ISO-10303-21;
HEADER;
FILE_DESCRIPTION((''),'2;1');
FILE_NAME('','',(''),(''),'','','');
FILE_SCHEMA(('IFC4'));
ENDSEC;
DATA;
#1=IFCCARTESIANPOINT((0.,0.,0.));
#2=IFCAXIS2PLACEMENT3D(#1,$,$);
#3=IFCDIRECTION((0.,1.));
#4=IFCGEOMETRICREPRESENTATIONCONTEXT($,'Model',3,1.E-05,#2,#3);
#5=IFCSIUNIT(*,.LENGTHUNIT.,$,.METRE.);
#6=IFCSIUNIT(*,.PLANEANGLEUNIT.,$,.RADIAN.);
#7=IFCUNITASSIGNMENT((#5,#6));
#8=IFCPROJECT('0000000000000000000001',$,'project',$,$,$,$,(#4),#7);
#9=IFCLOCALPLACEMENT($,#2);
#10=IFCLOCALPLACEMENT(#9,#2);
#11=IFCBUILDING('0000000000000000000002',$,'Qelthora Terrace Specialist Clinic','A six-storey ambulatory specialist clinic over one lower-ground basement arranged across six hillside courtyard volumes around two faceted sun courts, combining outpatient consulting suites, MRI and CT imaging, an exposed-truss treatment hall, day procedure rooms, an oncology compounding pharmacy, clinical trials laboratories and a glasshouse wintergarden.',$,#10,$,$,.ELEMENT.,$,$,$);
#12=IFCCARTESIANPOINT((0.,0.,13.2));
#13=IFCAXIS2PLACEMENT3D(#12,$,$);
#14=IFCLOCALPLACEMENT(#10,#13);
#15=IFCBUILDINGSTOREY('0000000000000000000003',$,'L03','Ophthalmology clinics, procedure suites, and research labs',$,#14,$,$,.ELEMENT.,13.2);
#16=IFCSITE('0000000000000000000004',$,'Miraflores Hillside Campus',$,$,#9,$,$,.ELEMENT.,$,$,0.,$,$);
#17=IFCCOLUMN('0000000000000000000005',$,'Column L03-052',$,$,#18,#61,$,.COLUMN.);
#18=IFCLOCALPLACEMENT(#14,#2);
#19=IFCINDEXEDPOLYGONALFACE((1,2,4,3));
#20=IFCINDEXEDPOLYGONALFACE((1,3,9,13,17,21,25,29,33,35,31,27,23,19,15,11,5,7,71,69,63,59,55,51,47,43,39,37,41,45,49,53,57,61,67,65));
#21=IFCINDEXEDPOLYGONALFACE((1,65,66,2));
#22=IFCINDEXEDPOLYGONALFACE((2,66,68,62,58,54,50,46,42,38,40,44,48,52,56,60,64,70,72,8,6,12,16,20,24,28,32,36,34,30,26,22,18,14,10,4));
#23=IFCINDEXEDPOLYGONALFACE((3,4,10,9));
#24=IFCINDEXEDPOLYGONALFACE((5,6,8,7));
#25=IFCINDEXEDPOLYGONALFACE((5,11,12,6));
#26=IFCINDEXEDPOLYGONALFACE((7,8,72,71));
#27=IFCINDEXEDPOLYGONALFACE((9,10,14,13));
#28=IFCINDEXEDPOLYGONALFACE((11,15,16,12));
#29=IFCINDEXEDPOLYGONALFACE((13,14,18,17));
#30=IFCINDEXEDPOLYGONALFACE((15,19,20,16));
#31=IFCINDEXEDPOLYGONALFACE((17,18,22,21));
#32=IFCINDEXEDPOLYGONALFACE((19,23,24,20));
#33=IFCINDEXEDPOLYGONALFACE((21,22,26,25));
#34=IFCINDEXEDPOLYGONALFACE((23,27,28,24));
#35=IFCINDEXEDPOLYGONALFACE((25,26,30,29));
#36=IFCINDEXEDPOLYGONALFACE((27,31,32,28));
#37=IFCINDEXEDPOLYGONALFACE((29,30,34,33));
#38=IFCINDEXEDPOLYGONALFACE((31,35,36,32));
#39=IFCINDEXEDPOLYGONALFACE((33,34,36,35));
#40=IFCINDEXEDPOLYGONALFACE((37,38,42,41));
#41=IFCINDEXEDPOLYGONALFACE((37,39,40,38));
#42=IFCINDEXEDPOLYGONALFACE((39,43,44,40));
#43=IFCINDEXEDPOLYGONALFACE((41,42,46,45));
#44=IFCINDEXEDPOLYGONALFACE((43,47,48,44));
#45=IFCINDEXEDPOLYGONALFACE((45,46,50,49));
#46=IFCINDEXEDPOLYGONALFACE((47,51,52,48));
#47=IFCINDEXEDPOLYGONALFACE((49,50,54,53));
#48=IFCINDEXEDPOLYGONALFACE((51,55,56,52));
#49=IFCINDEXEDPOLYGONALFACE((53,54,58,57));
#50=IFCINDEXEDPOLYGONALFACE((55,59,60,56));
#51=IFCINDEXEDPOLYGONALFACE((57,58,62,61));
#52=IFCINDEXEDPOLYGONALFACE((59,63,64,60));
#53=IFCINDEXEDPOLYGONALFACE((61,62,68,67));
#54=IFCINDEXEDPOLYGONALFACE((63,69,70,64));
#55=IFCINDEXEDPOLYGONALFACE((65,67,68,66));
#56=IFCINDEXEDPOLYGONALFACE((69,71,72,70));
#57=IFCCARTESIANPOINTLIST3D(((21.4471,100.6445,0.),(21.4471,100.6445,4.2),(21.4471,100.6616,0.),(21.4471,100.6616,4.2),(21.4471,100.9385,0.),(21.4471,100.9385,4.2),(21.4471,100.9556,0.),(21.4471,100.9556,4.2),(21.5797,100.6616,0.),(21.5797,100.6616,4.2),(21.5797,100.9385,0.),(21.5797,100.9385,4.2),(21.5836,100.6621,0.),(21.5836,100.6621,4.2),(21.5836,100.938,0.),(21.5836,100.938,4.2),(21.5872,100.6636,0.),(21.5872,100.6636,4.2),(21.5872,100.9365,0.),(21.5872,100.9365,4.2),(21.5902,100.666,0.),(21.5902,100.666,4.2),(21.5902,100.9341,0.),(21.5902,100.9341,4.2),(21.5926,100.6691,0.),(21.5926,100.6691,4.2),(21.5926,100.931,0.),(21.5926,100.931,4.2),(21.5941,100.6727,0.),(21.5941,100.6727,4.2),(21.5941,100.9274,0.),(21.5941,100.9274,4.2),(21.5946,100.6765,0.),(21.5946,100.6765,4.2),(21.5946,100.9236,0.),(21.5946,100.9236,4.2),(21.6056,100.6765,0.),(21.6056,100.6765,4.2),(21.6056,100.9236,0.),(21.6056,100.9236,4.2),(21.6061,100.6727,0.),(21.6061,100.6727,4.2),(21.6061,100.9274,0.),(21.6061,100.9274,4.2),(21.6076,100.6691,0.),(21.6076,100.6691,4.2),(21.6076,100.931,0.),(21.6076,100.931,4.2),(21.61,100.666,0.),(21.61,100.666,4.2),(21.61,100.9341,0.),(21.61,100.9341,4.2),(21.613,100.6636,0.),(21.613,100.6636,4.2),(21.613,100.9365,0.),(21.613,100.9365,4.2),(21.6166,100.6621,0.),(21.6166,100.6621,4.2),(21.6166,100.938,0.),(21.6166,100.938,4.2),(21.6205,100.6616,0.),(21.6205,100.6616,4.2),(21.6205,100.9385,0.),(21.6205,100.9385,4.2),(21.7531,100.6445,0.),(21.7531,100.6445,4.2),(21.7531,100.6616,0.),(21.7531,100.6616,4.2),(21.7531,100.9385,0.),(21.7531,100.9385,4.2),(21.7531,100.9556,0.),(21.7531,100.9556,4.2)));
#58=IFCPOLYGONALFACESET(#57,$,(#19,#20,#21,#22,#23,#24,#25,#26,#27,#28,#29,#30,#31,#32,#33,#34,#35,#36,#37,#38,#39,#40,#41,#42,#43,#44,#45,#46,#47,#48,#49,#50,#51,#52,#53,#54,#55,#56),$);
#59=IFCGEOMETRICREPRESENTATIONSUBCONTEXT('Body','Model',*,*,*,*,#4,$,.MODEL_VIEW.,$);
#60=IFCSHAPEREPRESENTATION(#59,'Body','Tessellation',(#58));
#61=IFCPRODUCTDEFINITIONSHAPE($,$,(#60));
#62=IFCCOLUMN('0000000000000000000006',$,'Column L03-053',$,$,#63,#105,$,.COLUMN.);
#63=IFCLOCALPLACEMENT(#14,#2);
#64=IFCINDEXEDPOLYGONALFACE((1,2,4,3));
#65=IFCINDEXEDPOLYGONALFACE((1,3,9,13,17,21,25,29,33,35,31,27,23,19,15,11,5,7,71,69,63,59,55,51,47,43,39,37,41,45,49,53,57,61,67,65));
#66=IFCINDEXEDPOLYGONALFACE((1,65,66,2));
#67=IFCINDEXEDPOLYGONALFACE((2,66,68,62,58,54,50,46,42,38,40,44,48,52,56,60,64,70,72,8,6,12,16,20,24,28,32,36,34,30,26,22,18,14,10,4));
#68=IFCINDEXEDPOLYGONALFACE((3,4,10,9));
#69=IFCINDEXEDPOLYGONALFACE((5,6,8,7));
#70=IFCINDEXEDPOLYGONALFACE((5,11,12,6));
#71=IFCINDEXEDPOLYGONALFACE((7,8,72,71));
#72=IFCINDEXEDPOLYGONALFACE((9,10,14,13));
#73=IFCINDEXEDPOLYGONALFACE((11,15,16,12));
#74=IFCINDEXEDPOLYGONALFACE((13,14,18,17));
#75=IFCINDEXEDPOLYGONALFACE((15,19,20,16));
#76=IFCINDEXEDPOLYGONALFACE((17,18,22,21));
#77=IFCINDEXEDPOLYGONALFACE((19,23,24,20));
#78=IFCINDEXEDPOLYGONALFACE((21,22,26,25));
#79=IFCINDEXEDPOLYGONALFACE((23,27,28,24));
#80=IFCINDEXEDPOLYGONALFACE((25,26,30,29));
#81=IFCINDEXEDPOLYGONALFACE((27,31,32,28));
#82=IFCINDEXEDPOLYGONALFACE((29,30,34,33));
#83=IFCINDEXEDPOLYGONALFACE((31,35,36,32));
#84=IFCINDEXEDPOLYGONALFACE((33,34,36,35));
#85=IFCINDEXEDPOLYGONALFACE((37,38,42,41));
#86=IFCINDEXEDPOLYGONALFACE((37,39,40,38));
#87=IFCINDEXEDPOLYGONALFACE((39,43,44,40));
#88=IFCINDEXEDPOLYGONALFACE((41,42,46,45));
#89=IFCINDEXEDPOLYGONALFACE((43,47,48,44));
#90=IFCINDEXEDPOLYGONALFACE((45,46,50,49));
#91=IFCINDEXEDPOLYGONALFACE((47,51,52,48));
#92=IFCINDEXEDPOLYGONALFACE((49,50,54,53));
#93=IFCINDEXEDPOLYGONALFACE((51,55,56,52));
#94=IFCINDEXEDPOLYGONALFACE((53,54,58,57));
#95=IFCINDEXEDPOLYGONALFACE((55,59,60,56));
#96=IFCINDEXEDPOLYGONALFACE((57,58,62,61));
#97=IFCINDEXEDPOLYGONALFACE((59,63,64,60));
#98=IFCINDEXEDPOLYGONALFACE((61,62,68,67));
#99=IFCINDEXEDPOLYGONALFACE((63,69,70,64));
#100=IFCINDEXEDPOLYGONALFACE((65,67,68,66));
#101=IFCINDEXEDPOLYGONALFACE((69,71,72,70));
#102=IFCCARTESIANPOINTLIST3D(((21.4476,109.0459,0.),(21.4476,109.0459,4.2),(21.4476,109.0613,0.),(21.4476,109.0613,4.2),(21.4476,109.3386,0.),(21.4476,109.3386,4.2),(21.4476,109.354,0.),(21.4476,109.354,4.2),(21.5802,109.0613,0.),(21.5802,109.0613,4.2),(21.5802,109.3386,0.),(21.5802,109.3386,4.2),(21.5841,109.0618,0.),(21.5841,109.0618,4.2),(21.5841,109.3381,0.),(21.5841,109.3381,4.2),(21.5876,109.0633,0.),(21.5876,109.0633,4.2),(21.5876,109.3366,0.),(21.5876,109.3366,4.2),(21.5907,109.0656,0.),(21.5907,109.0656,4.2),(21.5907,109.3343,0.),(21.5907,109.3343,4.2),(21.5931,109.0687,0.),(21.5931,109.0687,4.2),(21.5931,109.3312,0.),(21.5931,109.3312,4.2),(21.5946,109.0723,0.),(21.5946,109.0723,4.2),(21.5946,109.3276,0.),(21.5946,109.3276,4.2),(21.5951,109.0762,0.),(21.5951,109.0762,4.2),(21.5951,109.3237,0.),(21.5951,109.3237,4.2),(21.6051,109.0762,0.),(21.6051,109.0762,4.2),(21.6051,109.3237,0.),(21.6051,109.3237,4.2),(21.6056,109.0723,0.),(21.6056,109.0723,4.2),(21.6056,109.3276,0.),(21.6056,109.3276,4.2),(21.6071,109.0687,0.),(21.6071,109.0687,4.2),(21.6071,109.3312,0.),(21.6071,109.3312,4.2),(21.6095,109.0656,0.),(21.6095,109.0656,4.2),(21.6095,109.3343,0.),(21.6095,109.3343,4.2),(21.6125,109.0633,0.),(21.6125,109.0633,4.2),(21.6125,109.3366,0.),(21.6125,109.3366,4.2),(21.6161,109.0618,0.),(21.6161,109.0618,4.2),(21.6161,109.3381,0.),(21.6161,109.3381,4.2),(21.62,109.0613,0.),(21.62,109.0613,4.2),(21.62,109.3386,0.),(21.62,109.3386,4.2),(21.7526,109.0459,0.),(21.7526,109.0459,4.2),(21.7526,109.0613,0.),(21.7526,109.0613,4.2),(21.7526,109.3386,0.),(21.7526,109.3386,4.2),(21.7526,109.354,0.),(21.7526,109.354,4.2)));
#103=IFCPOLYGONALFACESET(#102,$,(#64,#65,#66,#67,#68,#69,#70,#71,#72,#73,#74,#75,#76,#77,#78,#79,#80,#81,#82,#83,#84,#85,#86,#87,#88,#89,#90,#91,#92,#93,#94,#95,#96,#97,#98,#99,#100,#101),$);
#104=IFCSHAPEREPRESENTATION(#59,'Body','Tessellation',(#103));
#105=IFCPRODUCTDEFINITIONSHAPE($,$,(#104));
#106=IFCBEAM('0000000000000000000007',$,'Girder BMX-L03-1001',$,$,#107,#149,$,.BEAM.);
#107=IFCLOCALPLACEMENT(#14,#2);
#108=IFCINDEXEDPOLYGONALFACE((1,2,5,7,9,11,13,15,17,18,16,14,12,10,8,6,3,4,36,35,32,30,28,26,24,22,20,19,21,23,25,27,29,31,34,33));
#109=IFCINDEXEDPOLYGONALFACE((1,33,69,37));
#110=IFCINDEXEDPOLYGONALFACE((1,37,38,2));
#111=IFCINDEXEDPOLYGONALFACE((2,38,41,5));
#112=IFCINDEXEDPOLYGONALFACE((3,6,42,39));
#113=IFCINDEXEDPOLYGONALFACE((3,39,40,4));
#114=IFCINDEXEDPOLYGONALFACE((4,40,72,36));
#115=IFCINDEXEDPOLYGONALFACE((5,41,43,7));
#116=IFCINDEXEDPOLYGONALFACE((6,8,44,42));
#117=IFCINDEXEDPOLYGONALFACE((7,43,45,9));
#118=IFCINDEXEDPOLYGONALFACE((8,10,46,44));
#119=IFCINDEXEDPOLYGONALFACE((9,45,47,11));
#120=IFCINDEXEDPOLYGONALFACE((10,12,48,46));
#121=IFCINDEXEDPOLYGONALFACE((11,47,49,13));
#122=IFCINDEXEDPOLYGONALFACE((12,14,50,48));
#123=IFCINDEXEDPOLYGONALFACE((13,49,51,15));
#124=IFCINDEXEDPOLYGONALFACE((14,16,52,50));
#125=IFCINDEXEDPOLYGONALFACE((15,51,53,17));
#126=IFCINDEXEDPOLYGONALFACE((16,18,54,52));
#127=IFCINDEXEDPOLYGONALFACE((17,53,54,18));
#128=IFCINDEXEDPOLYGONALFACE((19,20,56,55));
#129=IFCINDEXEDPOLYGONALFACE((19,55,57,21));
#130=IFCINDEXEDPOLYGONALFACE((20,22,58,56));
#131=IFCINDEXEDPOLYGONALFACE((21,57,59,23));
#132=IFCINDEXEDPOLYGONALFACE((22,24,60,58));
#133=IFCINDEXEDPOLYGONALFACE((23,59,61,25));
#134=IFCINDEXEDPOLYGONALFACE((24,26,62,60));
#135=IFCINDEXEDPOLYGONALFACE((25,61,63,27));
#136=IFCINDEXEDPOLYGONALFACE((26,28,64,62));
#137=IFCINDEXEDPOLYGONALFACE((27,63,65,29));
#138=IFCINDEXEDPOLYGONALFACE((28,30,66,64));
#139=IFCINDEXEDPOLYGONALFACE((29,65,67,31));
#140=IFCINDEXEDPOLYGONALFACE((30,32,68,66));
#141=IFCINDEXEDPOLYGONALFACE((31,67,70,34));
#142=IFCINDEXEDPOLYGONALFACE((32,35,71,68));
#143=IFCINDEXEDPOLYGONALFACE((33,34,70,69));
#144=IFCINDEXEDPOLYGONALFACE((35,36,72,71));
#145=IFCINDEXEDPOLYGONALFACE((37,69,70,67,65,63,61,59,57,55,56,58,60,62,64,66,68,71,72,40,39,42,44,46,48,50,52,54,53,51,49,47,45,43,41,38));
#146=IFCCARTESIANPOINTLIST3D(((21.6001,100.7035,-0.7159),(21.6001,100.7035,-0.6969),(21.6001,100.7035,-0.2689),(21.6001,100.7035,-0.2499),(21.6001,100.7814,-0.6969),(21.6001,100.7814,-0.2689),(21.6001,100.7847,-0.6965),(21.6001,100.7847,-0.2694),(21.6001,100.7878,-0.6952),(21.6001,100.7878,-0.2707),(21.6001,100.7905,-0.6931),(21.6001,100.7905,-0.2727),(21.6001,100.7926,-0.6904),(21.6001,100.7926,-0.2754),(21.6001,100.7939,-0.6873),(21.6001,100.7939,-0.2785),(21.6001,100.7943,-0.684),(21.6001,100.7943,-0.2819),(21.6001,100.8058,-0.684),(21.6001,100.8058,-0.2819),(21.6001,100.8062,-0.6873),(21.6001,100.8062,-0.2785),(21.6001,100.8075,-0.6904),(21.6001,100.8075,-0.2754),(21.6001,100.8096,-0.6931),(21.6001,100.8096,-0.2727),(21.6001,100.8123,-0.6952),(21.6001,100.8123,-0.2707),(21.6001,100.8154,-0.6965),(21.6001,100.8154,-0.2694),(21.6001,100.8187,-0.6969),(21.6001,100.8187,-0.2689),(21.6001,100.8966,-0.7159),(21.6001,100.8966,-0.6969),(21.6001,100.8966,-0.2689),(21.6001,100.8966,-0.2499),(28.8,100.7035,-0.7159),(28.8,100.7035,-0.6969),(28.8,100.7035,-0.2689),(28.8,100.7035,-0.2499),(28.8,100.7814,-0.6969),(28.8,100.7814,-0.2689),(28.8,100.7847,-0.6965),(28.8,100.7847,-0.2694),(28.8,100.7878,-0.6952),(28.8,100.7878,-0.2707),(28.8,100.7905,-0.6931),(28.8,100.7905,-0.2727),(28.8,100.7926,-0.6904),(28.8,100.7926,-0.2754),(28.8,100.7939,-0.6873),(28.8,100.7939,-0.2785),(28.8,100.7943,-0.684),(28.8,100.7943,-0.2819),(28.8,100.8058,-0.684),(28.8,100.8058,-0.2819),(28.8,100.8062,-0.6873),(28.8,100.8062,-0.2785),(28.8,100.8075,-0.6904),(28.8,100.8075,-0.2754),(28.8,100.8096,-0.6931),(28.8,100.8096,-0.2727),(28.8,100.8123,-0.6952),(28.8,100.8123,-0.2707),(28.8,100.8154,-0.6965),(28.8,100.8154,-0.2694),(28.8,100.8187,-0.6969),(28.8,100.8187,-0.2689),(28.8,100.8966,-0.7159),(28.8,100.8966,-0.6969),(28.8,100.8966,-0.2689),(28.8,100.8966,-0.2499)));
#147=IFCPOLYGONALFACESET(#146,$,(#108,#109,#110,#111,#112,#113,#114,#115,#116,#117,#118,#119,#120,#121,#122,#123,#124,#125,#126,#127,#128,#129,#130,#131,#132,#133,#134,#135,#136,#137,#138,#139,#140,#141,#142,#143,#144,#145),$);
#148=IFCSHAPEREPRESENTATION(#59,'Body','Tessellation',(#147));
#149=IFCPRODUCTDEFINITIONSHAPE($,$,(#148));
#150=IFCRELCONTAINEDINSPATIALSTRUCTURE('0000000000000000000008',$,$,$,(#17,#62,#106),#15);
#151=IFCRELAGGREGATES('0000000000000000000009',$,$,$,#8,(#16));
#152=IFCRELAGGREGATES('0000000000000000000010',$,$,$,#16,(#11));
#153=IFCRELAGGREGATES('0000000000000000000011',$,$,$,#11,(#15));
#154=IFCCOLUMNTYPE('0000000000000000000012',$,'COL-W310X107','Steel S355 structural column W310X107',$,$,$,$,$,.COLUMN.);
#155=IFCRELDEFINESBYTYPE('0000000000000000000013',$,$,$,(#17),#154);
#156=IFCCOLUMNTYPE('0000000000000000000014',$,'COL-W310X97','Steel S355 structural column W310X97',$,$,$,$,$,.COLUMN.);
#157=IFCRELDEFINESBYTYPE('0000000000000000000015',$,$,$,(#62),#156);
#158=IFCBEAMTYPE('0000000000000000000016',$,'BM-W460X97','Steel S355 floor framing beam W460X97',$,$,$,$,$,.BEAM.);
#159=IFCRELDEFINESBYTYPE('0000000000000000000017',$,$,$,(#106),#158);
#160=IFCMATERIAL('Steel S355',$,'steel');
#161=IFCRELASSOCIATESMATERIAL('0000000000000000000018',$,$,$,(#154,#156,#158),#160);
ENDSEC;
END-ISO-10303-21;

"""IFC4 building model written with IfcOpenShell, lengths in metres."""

from ifc_helpers import new_model, si_unit, direction, frame, origin, origin_2d, place, context, subcontext, project, spatial, i_section, extrude, material, material_profile, profile_set, type_object, element, save


model = new_model("IFC4")

# Units and contexts
model_context = context("Model", 3, precision=1e-05, world=origin(), true_north=direction((0.0, 1.0)))
body_context = subcontext(model_context, "Body", "Model", "MODEL_VIEW")
ifc_project = project(units=[si_unit("LENGTHUNIT", "METRE"), si_unit("PLANEANGLEUNIT", "RADIAN")], contexts=[model_context])

# Site, building, storey
site_placement = place(None, origin())
site = spatial("IfcSite", under=ifc_project, at=site_placement, Name="Miraflores Hillside Campus", CompositionType="ELEMENT", RefElevation=0.0)
building_placement = place(site_placement, origin())
building = spatial("IfcBuilding", under=site, at=building_placement, Name="Qelthora Terrace Specialist Clinic", Description="A six-storey ambulatory specialist clinic over one lower-ground basement arranged across six hillside courtyard volumes around two faceted sun courts, combining outpatient consulting suites, MRI and CT imaging, an exposed-truss treatment hall, day procedure rooms, an oncology compounding pharmacy, clinical trials laboratories and a glasshouse wintergarden.", CompositionType="ELEMENT")
storey_placement = place(building_placement, frame((0.0, 0.0, 13.2)))
storey = spatial("IfcBuildingStorey", under=building, at=storey_placement, Name="L03", Description="Ophthalmology clinics, procedure suites, and research labs", CompositionType="ELEMENT", Elevation=13.2)

# Columns
ifc_material_1 = material(Name="Steel S355", Category="steel")
ifc_material_profile_1 = material_profile(ifc_material_1, i_section(OverallWidth=0.3059, OverallDepth=0.311, WebThickness=0.011, FlangeThickness=0.0171, FilletRadius=0.0149, at=origin_2d()), Name="W310X107")
ifc_profile_set_1 = profile_set([ifc_material_profile_1], Name="Steel S355")
column_type_1 = type_object("IfcColumnType", Name="COL-W310X107", Description="Steel S355 structural column W310X107", PredefinedType="COLUMN", material=ifc_profile_set_1)
column_1_placement = place(storey_placement, frame((21.6001, 100.8, 0.0), z_axis=(0.0, 0.0, 1.0), x_axis=(1.0, 0.0, 0.0)))
element("IfcColumn", 1, at=column_1_placement, inside=storey, type_object=column_type_1, Name="Column L03-052", PredefinedType="COLUMN", context=body_context, shape_type="SweptSolid", body=[
    extrude(i_section(OverallWidth=0.3059, OverallDepth=0.311, WebThickness=0.011, FlangeThickness=0.0171, FilletRadius=0.0149, at=origin_2d()), origin(), (0.0, 0.0, 1.0), 4.2),
])
ifc_material_profile_2 = material_profile(ifc_material_1, i_section(OverallWidth=0.3049, OverallDepth=0.3081, WebThickness=0.01, FlangeThickness=0.0154, FilletRadius=0.0149, at=origin_2d()), Name="W310X97")
ifc_profile_set_2 = profile_set([ifc_material_profile_2], Name="Steel S355")
column_type_2 = type_object("IfcColumnType", Name="COL-W310X97", Description="Steel S355 structural column W310X97", PredefinedType="COLUMN", material=ifc_profile_set_2)
column_2_placement = place(storey_placement, frame((21.6001, 109.2, 0.0), z_axis=(0.0, 0.0, 1.0), x_axis=(1.0, 0.0, 0.0)))
element("IfcColumn", 2, at=column_2_placement, inside=storey, type_object=column_type_2, Name="Column L03-053", PredefinedType="COLUMN", context=body_context, shape_type="SweptSolid", body=[
    extrude(i_section(OverallWidth=0.3049, OverallDepth=0.3081, WebThickness=0.01, FlangeThickness=0.0154, FilletRadius=0.0149, at=origin_2d()), origin(), (0.0, 0.0, 1.0), 4.2),
])

# Beam
ifc_material_profile_3 = material_profile(ifc_material_1, i_section(OverallWidth=0.1931, OverallDepth=0.4661, WebThickness=0.0115, FlangeThickness=0.019, FilletRadius=0.0129, at=origin_2d()), Name="W460X97")
ifc_profile_set_3 = profile_set([ifc_material_profile_3], Name="Steel S355")
beam_type_1 = type_object("IfcBeamType", Name="BM-W460X97", Description="Steel S355 floor framing beam W460X97", PredefinedType="BEAM", material=ifc_profile_set_3)
beam_1_placement = place(storey_placement, frame((21.6001, 100.8, -0.4829), z_axis=(1.0, 0.0, 0.0), x_axis=(0.0, 1.0, 0.0)))
element("IfcBeam", 3, at=beam_1_placement, inside=storey, type_object=beam_type_1, Name="Girder BMX-L03-1001", PredefinedType="BEAM", context=body_context, shape_type="SweptSolid", body=[
    extrude(i_section(OverallWidth=0.1931, OverallDepth=0.4661, WebThickness=0.0115, FlangeThickness=0.019, FilletRadius=0.0129, at=origin_2d()), origin(), (0.0, 0.0, 1.0), 7.2),
])

save(model, "model.ifc")
